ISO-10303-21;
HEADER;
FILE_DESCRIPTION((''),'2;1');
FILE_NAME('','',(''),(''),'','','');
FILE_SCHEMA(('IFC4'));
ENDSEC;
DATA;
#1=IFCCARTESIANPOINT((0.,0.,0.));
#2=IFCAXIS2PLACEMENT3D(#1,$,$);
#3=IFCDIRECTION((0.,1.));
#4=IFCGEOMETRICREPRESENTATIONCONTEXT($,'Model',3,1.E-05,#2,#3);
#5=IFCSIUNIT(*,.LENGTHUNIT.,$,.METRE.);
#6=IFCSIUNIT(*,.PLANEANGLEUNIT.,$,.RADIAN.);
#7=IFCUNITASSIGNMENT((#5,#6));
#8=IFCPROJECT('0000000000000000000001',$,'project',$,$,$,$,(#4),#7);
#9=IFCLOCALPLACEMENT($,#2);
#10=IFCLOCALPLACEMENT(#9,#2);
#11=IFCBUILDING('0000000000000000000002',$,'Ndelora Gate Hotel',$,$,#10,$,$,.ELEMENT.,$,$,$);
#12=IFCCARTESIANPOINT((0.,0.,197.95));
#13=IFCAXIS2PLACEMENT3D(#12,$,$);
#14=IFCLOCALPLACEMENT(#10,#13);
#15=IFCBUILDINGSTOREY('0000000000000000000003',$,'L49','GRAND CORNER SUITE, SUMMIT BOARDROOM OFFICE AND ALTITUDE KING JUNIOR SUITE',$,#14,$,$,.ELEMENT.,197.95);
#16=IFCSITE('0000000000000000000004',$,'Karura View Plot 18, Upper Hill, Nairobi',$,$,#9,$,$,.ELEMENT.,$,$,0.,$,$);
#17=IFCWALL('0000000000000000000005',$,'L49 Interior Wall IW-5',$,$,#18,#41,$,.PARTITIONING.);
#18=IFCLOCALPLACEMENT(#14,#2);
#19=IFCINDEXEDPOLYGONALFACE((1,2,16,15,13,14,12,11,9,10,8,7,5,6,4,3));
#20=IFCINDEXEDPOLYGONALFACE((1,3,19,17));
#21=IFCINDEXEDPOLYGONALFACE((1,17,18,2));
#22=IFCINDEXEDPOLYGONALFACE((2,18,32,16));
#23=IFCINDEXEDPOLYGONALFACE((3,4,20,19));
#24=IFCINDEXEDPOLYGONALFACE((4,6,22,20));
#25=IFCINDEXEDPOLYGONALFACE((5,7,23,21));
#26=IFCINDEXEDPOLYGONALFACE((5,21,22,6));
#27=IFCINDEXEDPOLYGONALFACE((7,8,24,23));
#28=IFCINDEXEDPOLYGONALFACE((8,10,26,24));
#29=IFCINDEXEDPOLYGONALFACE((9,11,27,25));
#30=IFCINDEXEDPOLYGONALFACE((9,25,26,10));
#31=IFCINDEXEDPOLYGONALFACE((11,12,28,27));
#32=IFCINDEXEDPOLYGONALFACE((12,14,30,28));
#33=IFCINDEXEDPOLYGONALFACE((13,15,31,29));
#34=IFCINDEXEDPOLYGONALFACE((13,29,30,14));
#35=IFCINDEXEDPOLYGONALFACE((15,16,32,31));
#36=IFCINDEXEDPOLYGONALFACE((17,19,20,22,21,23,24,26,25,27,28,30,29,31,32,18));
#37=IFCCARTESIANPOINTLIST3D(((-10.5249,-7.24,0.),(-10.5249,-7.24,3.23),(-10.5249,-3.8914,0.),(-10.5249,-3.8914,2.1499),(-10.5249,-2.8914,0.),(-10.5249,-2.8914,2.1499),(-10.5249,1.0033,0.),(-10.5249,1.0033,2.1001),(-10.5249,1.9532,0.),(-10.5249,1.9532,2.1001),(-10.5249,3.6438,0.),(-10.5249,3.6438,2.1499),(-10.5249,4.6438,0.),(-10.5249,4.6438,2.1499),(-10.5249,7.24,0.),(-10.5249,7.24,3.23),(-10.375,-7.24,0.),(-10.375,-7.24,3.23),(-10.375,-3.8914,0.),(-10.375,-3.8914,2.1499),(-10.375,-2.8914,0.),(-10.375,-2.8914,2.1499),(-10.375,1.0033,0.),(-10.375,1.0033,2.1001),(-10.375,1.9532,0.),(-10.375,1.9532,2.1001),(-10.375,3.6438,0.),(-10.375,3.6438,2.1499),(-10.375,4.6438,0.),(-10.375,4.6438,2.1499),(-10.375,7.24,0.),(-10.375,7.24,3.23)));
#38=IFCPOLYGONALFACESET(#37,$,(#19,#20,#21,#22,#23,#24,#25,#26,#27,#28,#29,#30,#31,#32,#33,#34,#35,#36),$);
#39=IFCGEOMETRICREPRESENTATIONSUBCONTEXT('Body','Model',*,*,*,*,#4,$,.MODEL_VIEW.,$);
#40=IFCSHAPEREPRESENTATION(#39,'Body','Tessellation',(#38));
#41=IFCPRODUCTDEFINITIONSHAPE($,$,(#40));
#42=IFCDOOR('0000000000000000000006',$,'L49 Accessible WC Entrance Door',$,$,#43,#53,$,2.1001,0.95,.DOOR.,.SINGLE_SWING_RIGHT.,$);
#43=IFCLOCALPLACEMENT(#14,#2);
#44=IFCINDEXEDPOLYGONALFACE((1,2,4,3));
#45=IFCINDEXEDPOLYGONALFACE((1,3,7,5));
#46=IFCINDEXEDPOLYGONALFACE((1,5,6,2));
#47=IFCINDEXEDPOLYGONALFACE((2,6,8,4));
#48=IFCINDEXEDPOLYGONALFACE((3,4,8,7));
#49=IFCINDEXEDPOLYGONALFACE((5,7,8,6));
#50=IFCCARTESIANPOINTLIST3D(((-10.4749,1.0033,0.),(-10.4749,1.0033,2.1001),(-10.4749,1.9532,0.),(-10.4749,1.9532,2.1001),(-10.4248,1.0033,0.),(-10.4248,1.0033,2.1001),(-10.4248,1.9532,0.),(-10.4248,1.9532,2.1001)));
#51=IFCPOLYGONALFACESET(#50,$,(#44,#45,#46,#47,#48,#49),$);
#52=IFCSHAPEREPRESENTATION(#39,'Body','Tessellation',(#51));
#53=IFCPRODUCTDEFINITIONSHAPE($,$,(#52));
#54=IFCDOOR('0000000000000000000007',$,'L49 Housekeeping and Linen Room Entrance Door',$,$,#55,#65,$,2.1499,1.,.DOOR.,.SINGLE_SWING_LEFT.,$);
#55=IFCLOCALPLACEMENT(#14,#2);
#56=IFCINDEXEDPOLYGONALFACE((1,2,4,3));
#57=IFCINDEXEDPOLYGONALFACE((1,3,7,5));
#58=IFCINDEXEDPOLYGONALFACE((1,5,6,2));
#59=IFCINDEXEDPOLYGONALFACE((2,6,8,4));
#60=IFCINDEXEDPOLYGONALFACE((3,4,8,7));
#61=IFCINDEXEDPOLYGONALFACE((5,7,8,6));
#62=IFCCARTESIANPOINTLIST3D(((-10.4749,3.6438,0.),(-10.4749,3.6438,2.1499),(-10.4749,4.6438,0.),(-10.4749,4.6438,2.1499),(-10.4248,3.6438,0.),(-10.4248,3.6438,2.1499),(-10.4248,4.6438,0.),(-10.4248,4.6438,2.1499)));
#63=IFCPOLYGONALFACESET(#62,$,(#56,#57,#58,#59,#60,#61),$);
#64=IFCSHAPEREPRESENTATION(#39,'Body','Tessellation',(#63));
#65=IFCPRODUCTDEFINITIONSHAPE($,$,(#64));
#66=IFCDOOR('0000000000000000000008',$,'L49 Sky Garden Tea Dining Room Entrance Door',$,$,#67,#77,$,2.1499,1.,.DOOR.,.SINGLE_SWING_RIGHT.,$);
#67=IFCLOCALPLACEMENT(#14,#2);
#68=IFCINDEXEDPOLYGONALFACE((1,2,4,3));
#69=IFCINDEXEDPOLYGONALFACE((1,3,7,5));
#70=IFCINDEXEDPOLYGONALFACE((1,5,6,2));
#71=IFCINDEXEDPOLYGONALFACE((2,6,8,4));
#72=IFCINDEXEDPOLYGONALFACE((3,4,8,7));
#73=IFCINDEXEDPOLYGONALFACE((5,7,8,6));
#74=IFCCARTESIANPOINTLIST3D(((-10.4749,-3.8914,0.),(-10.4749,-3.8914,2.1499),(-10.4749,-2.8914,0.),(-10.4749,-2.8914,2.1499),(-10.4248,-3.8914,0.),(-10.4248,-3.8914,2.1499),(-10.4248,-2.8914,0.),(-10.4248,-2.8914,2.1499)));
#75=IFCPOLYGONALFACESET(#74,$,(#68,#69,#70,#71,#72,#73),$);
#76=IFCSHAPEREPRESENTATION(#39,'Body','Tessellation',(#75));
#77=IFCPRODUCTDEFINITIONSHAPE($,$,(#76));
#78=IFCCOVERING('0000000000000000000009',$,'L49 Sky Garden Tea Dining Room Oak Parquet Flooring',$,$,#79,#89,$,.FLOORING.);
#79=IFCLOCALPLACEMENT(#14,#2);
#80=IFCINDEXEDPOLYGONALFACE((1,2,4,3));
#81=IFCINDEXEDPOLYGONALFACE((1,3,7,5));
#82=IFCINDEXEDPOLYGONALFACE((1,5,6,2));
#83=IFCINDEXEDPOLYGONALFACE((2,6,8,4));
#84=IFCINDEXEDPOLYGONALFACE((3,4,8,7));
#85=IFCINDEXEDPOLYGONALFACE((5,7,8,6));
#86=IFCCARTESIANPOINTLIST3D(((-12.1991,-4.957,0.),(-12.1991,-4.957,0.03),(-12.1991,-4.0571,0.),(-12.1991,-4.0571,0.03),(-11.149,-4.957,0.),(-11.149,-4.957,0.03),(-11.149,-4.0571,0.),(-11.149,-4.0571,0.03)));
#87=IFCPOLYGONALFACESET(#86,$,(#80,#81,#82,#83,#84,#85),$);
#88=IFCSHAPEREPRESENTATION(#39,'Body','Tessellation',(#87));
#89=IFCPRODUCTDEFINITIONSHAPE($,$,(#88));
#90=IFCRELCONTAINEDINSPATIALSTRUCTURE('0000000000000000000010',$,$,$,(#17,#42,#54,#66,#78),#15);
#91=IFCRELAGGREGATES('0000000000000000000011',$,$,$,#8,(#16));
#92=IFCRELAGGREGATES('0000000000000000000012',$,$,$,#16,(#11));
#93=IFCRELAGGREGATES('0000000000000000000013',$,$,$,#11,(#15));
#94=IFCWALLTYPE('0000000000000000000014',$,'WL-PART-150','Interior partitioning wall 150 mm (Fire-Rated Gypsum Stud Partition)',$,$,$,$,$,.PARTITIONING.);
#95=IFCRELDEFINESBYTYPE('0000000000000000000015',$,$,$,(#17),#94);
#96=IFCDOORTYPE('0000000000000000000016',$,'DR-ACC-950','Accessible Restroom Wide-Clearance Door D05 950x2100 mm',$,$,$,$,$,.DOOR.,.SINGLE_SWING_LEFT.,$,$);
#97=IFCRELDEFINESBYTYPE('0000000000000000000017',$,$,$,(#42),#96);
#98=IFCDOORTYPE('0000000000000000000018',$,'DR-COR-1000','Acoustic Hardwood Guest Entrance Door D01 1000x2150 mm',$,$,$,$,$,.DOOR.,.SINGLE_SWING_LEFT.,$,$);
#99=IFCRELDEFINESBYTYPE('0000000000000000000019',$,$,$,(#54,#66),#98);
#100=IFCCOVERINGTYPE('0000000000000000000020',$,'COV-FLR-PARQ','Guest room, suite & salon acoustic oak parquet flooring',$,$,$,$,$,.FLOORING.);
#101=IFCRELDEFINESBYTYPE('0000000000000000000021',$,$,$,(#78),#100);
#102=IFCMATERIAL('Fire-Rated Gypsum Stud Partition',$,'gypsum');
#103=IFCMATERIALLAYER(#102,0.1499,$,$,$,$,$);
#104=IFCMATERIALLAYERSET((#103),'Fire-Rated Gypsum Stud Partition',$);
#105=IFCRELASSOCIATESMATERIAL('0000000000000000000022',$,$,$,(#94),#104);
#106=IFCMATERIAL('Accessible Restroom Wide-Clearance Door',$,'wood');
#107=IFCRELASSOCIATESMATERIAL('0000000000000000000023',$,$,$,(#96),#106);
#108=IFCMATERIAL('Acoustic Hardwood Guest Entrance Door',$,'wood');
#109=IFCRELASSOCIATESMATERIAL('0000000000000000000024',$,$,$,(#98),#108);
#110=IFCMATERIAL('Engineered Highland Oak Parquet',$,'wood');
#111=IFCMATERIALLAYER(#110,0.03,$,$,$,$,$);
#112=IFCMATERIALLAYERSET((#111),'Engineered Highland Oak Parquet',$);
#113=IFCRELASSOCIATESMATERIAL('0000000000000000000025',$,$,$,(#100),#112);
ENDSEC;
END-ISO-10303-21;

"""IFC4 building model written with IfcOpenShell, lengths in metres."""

from ifc_helpers import new_model, si_unit, direction, frame, frame_2d, origin, origin_2d, place, context, subcontext, project, spatial, rectangle, extrude, material, layer, layer_set, type_object, element, fill, save


model = new_model("IFC4")

# Units and contexts
model_context = context("Model", 3, precision=1e-05, world=origin(), true_north=direction((0.0, 1.0)))
body_context = subcontext(model_context, "Body", "Model", "MODEL_VIEW")
ifc_project = project(units=[si_unit("LENGTHUNIT", "METRE"), si_unit("PLANEANGLEUNIT", "RADIAN")], contexts=[model_context])

# Site, building, storey
site_placement = place(None, origin())
site = spatial("IfcSite", under=ifc_project, at=site_placement, Name="Karura View Plot 18, Upper Hill, Nairobi", CompositionType="ELEMENT", RefElevation=0.0)
building_placement = place(site_placement, origin())
building = spatial("IfcBuilding", under=site, at=building_placement, Name="Ndelora Gate Hotel", CompositionType="ELEMENT")
storey_placement = place(building_placement, frame((0.0, 0.0, 197.95)))
storey = spatial("IfcBuildingStorey", under=building, at=storey_placement, Name="L49", Description="GRAND CORNER SUITE, SUMMIT BOARDROOM OFFICE AND ALTITUDE KING JUNIOR SUITE", CompositionType="ELEMENT", Elevation=197.95)

# Wall, openings, doors
ifc_material_1 = material(Name="Fire-Rated Gypsum Stud Partition", Category="gypsum")
ifc_layer_1 = layer(ifc_material_1, 0.1499)
ifc_layer_set_1 = layer_set([ifc_layer_1], Name="Fire-Rated Gypsum Stud Partition")
wall_type_1 = type_object("IfcWallType", Name="WL-PART-150", Description="Interior partitioning wall 150 mm (Fire-Rated Gypsum Stud Partition)", PredefinedType="PARTITIONING", material=ifc_layer_set_1)
wall_1_placement = place(storey_placement, frame((-10.45, -7.24, 0.0), z_axis=(0.0, 0.0, 1.0), x_axis=(0.0, 1.0, 0.0)))
wall_1 = element("IfcWall", 1, at=wall_1_placement, inside=storey, type_object=wall_type_1, Name="L49 Interior Wall IW-5", PredefinedType="PARTITIONING", context=body_context, shape_type="SweptSolid", body=[
    extrude(rectangle(XDim=14.48, YDim=0.1499, at=frame_2d((7.24, 0.0))), origin(), (0.0, 0.0, 1.0), 3.23),
])
opening_1_placement = place(wall_1_placement, frame((8.2432, 0.0, 0.0)))
opening_1 = element("IfcOpeningElement", 2, at=opening_1_placement, cuts=wall_1, PredefinedType="OPENING", context=body_context, shape_type="SweptSolid", body=[
    extrude(rectangle(XDim=0.95, YDim=2.1001, at=frame_2d((0.4751, 1.05))), frame((0.0, 0.085, 0.0), z_axis=(0.0, -1.0, 0.0), x_axis=(1.0, 0.0, 0.0)), (0.0, 0.0, 1.0), 0.1699),
])
opening_2_placement = place(wall_1_placement, frame((10.8838, 0.0, 0.0)))
opening_2 = element("IfcOpeningElement", 3, at=opening_2_placement, cuts=wall_1, PredefinedType="OPENING", context=body_context, shape_type="SweptSolid", body=[
    extrude(rectangle(XDim=1.0, YDim=2.1499, at=frame_2d((0.5, 1.075))), frame((0.0, 0.085, 0.0), z_axis=(0.0, -1.0, 0.0), x_axis=(1.0, 0.0, 0.0)), (0.0, 0.0, 1.0), 0.1699),
])
opening_3_placement = place(wall_1_placement, frame((3.3486, 0.0, 0.0)))
opening_3 = element("IfcOpeningElement", 4, at=opening_3_placement, cuts=wall_1, PredefinedType="OPENING", context=body_context, shape_type="SweptSolid", body=[
    extrude(rectangle(XDim=1.0, YDim=2.1499, at=frame_2d((0.5, 1.075))), frame((0.0, 0.085, 0.0), z_axis=(0.0, -1.0, 0.0), x_axis=(1.0, 0.0, 0.0)), (0.0, 0.0, 1.0), 0.1699),
])
ifc_material_2 = material(Name="Accessible Restroom Wide-Clearance Door", Category="wood")
door_type_1 = type_object("IfcDoorType", Name="DR-ACC-950", Description="Accessible Restroom Wide-Clearance Door D05 950x2100 mm", OperationType="SINGLE_SWING_LEFT", PredefinedType="DOOR", material=ifc_material_2)
door_1_placement = place(opening_1_placement, origin())
door_1 = element("IfcDoor", 5, at=door_1_placement, inside=storey, type_object=door_type_1, Name="L49 Accessible WC Entrance Door", OperationType="SINGLE_SWING_RIGHT", OverallHeight=2.1001, OverallWidth=0.95, PredefinedType="DOOR", context=body_context, shape_type="SweptSolid", body=[
    extrude(rectangle(XDim=0.95, YDim=2.1001, at=frame_2d((0.4751, 1.05))), frame((0.0, 0.0249, 0.0), z_axis=(0.0, -1.0, 0.0), x_axis=(1.0, 0.0, 0.0)), (0.0, 0.0, 1.0), 0.05),
])
fill(opening_1, door_1)
ifc_material_3 = material(Name="Acoustic Hardwood Guest Entrance Door", Category="wood")
door_type_2 = type_object("IfcDoorType", Name="DR-COR-1000", Description="Acoustic Hardwood Guest Entrance Door D01 1000x2150 mm", OperationType="SINGLE_SWING_LEFT", PredefinedType="DOOR", material=ifc_material_3)
door_2_placement = place(opening_2_placement, origin())
door_2 = element("IfcDoor", 6, at=door_2_placement, inside=storey, type_object=door_type_2, Name="L49 Housekeeping and Linen Room Entrance Door", OperationType="SINGLE_SWING_LEFT", OverallHeight=2.1499, OverallWidth=1.0, PredefinedType="DOOR", context=body_context, shape_type="SweptSolid", body=[
    extrude(rectangle(XDim=1.0, YDim=2.1499, at=frame_2d((0.5, 1.075))), frame((0.0, 0.0249, 0.0), z_axis=(0.0, -1.0, 0.0), x_axis=(1.0, 0.0, 0.0)), (0.0, 0.0, 1.0), 0.05),
])
fill(opening_2, door_2)
door_3_placement = place(opening_3_placement, origin())
door_3 = element("IfcDoor", 7, at=door_3_placement, inside=storey, type_object=door_type_2, Name="L49 Sky Garden Tea Dining Room Entrance Door", OperationType="SINGLE_SWING_RIGHT", OverallHeight=2.1499, OverallWidth=1.0, PredefinedType="DOOR", context=body_context, shape_type="SweptSolid", body=[
    extrude(rectangle(XDim=1.0, YDim=2.1499, at=frame_2d((0.5, 1.075))), frame((0.0, 0.0249, 0.0), z_axis=(0.0, -1.0, 0.0), x_axis=(1.0, 0.0, 0.0)), (0.0, 0.0, 1.0), 0.05),
])
fill(opening_3, door_3)

# Covering
ifc_material_4 = material(Name="Engineered Highland Oak Parquet", Category="wood")
ifc_layer_2 = layer(ifc_material_4, 0.03)
ifc_layer_set_2 = layer_set([ifc_layer_2], Name="Engineered Highland Oak Parquet")
covering_type = type_object("IfcCoveringType", Name="COV-FLR-PARQ", Description="Guest room, suite & salon acoustic oak parquet flooring", PredefinedType="FLOORING", material=ifc_layer_set_2)
covering_placement = place(storey_placement, frame((-11.6741, -4.5071, 0.0), z_axis=(0.0, 0.0, 1.0), x_axis=(1.0, 0.0, 0.0)))
element("IfcCovering", 8, at=covering_placement, inside=storey, type_object=covering_type, Name="L49 Sky Garden Tea Dining Room Oak Parquet Flooring", PredefinedType="FLOORING", context=body_context, shape_type="SweptSolid", body=[
    extrude(rectangle(XDim=1.05, YDim=0.8999, at=origin_2d()), origin(), (0.0, 0.0, 1.0), 0.03),
])

save(model, "model.ifc")
